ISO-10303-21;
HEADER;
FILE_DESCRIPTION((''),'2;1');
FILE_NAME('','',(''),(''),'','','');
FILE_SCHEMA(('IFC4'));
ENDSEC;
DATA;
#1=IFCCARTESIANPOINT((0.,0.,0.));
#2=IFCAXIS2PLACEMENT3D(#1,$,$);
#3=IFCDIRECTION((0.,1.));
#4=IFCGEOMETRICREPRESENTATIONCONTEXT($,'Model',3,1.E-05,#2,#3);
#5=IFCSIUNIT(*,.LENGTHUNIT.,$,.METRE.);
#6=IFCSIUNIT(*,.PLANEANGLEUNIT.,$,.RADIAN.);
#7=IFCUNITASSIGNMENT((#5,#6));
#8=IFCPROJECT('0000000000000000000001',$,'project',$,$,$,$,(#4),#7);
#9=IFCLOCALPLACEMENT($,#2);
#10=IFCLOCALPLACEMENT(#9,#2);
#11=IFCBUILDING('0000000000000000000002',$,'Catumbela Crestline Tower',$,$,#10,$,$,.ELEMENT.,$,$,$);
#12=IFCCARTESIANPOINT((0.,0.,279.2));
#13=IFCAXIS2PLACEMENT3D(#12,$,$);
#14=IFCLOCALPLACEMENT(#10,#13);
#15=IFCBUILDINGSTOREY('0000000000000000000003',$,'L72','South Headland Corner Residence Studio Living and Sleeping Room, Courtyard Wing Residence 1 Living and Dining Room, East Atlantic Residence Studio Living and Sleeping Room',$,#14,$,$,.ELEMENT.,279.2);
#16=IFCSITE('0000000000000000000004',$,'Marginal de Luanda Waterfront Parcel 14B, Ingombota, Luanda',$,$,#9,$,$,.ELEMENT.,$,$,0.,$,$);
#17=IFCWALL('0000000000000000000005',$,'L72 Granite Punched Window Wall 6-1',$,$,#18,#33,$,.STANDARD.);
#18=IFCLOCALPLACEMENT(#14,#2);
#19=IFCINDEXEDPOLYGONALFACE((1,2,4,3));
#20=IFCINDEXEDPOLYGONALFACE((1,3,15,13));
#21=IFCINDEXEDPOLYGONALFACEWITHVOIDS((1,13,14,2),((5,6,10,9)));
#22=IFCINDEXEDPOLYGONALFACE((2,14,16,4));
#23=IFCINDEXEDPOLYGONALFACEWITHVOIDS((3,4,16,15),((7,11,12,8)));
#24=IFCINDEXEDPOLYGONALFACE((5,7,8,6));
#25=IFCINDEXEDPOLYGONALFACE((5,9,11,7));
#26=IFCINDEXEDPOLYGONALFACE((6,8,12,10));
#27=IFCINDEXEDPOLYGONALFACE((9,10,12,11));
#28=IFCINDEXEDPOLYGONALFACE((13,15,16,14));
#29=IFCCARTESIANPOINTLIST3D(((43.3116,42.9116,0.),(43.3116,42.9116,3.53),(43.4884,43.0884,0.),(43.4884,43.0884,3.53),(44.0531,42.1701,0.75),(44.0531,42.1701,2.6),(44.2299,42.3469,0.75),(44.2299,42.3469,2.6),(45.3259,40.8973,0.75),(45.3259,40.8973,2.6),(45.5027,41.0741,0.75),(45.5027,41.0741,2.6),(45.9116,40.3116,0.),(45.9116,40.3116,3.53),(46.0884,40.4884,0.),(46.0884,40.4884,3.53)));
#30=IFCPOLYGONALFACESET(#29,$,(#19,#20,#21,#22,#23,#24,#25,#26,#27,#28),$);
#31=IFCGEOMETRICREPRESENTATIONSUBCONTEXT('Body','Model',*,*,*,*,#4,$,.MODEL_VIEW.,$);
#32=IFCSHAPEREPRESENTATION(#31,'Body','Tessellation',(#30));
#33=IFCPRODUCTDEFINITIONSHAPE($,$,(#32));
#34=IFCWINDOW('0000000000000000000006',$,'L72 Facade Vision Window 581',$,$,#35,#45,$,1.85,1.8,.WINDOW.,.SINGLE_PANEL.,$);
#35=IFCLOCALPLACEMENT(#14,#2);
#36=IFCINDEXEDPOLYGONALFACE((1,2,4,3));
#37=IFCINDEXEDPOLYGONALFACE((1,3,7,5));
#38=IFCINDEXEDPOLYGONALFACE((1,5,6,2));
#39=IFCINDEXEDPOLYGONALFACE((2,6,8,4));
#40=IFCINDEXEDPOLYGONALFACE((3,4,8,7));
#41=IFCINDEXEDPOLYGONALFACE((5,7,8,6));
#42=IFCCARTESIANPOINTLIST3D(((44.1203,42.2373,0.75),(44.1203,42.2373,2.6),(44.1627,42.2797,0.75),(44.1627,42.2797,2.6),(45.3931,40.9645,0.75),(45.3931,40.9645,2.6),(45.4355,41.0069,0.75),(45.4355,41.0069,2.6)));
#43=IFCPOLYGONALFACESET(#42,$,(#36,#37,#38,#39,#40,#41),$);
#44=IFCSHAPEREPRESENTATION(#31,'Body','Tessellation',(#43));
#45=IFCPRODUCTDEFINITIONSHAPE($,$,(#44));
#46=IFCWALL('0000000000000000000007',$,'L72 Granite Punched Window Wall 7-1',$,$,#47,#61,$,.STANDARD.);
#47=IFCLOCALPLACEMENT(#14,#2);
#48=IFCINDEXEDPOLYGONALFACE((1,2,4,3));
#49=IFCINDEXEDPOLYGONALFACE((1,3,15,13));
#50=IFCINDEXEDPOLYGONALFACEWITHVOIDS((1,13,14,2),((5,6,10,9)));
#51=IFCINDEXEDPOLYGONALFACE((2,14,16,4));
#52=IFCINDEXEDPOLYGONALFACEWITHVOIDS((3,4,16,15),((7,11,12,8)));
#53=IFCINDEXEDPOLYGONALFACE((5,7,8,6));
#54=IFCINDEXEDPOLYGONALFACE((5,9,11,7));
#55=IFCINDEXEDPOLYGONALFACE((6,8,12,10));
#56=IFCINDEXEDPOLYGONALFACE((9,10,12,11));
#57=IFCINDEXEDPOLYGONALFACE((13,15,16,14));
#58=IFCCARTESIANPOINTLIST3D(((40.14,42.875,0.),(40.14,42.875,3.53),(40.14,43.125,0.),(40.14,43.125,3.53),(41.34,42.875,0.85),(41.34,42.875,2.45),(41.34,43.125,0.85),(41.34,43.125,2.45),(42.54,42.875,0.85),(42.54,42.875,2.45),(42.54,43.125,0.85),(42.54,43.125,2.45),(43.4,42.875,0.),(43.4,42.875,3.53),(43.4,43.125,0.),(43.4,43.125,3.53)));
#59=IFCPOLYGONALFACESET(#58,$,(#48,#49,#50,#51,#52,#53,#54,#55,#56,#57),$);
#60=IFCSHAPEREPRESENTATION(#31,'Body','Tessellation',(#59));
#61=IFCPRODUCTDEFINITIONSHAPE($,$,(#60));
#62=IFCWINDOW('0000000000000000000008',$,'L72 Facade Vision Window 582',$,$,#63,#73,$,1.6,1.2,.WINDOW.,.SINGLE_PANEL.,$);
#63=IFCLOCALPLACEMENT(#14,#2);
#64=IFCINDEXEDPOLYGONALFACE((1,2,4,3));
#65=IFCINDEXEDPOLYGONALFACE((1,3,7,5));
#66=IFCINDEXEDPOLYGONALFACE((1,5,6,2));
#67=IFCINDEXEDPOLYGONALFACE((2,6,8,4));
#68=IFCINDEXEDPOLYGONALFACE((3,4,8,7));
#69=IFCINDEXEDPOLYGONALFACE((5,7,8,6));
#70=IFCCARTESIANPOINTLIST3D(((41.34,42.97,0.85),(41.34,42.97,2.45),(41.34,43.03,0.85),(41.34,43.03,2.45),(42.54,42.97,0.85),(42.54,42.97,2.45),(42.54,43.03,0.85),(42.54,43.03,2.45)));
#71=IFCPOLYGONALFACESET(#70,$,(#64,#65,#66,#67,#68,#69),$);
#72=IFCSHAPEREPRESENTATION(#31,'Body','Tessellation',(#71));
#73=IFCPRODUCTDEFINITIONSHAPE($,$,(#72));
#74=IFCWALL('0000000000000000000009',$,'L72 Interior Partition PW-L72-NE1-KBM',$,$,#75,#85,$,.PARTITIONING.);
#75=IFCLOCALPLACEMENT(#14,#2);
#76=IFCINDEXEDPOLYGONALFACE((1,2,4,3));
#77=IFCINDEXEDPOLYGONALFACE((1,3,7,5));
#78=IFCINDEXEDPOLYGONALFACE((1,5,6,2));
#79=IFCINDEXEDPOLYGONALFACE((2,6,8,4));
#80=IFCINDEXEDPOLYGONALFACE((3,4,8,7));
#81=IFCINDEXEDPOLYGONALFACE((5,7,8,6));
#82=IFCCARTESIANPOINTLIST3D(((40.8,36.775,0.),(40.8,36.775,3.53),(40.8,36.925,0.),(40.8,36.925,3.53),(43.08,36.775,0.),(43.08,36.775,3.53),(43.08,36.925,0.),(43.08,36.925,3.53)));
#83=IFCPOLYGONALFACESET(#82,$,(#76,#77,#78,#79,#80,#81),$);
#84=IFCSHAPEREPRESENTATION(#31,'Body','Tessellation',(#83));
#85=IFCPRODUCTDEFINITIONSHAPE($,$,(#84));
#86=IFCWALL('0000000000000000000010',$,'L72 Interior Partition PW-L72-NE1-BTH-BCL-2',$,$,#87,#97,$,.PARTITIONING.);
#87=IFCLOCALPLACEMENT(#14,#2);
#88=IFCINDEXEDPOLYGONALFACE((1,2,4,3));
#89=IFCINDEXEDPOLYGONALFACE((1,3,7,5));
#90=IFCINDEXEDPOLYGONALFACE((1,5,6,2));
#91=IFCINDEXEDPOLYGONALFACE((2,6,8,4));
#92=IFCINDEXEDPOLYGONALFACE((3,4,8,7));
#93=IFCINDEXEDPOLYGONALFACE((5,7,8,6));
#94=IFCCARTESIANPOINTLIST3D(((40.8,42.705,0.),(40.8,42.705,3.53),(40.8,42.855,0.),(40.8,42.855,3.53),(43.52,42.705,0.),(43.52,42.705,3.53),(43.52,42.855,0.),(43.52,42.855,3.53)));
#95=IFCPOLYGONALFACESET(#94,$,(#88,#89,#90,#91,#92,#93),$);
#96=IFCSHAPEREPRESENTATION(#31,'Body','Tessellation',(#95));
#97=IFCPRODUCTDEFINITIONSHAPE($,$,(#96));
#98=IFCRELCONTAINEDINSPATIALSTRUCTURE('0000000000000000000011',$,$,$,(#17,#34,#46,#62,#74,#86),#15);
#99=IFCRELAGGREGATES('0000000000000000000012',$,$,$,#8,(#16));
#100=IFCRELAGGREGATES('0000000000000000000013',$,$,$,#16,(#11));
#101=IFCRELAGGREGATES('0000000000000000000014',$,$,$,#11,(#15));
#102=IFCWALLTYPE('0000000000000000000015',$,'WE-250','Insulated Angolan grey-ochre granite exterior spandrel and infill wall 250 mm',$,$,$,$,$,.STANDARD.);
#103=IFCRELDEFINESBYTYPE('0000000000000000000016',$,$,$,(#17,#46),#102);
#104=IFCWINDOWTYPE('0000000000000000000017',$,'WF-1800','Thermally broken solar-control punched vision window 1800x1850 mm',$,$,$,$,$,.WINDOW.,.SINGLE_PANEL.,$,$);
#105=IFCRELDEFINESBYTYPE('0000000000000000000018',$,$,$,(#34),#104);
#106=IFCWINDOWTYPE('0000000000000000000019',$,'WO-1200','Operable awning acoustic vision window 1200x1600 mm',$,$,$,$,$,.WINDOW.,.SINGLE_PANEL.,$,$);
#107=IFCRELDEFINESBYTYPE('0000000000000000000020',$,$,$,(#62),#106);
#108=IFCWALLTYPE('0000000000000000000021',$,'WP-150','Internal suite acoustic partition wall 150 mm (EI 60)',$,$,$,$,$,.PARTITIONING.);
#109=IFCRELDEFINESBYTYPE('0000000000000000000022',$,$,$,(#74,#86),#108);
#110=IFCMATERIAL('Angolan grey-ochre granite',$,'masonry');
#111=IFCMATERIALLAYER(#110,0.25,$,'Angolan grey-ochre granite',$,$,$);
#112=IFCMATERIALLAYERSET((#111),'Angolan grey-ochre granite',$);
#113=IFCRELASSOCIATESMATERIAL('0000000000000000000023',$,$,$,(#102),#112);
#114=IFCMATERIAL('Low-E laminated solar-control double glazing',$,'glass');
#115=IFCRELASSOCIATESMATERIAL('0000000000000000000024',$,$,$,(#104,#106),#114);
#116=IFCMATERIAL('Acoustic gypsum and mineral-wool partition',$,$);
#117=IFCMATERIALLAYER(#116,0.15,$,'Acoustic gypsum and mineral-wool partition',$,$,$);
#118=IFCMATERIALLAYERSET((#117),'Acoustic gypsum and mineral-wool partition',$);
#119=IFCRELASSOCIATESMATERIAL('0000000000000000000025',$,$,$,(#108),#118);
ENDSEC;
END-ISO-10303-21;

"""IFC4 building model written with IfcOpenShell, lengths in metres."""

from ifc_helpers import new_model, si_unit, direction, frame, frame_2d, origin, place, context, subcontext, project, spatial, rectangle, extrude, material, layer, layer_set, type_object, element, fill, save


model = new_model("IFC4")

# Units and contexts
model_context = context("Model", 3, precision=1e-05, world=origin(), true_north=direction((0.0, 1.0)))
body_context = subcontext(model_context, "Body", "Model", "MODEL_VIEW")
ifc_project = project(units=[si_unit("LENGTHUNIT", "METRE"), si_unit("PLANEANGLEUNIT", "RADIAN")], contexts=[model_context])

# Site, building, storey
site_placement = place(None, origin())
site = spatial("IfcSite", under=ifc_project, at=site_placement, Name="Marginal de Luanda Waterfront Parcel 14B, Ingombota, Luanda", CompositionType="ELEMENT", RefElevation=0.0)
building_placement = place(site_placement, origin())
building = spatial("IfcBuilding", under=site, at=building_placement, Name="Catumbela Crestline Tower", CompositionType="ELEMENT")
storey_placement = place(building_placement, frame((0.0, 0.0, 279.2)))
storey = spatial("IfcBuildingStorey", under=building, at=storey_placement, Name="L72", Description="South Headland Corner Residence Studio Living and Sleeping Room, Courtyard Wing Residence 1 Living and Dining Room, East Atlantic Residence Studio Living and Sleeping Room", CompositionType="ELEMENT", Elevation=279.2)

# Shared definitions
ifc_material_1 = material(Name="Low-E laminated solar-control double glazing", Category="glass")

# Walls, openings, windows
ifc_material_2 = material(Name="Angolan grey-ochre granite", Category="masonry")
ifc_layer_1 = layer(ifc_material_2, 0.25, Name="Angolan grey-ochre granite")
ifc_layer_set_1 = layer_set([ifc_layer_1], Name="Angolan grey-ochre granite")
wall_type_1 = type_object("IfcWallType", Name="WE-250", Description="Insulated Angolan grey-ochre granite exterior spandrel and infill wall 250 mm", PredefinedType="STANDARD", material=ifc_layer_set_1)
wall_1_placement = place(storey_placement, frame((46.0, 40.4, 0.0), z_axis=(0.0, 0.0, 1.0), x_axis=(-0.707107, 0.707107, 0.0)))
wall_1 = element("IfcWall", 1, at=wall_1_placement, inside=storey, type_object=wall_type_1, Name="L72 Granite Punched Window Wall 6-1", PredefinedType="STANDARD", context=body_context, shape_type="SweptSolid", body=[
    extrude(rectangle(XDim=3.677, YDim=0.25, at=frame_2d((1.8385, 0.0))), origin(), (0.0, 0.0, 1.0), 3.53),
])
opening_1_placement = place(wall_1_placement, frame((0.8283, 0.0, 0.75)))
opening_1 = element("IfcOpeningElement", 2, at=opening_1_placement, cuts=wall_1, PredefinedType="OPENING", context=body_context, shape_type="SweptSolid", body=[
    extrude(rectangle(XDim=1.8, YDim=1.85, at=frame_2d((0.9, 0.925))), frame((0.0, 0.135, 0.0), z_axis=(0.0, -1.0, 0.0), x_axis=(1.0, 0.0, 0.0)), (0.0, 0.0, 1.0), 0.27),
])
window_type_1 = type_object("IfcWindowType", Name="WF-1800", Description="Thermally broken solar-control punched vision window 1800x1850 mm", PartitioningType="SINGLE_PANEL", PredefinedType="WINDOW", material=ifc_material_1)
window_1_placement = place(opening_1_placement, origin())
window_1 = element("IfcWindow", 3, at=window_1_placement, inside=storey, type_object=window_type_1, Name="L72 Facade Vision Window 581", OverallHeight=1.85, OverallWidth=1.8, PartitioningType="SINGLE_PANEL", PredefinedType="WINDOW", context=body_context, shape_type="SweptSolid", body=[
    extrude(rectangle(XDim=1.8, YDim=1.85, at=frame_2d((0.9, 0.925))), frame((0.0, 0.03, 0.0), z_axis=(0.0, -1.0, 0.0), x_axis=(1.0, 0.0, 0.0)), (0.0, 0.0, 1.0), 0.06),
])
fill(opening_1, window_1)
wall_2_placement = place(storey_placement, frame((43.4, 43.0, 0.0), z_axis=(0.0, 0.0, 1.0), x_axis=(-1.0, 0.0, 0.0)))
wall_2 = element("IfcWall", 4, at=wall_2_placement, inside=storey, type_object=wall_type_1, Name="L72 Granite Punched Window Wall 7-1", PredefinedType="STANDARD", context=body_context, shape_type="SweptSolid", body=[
    extrude(rectangle(XDim=3.26, YDim=0.25, at=frame_2d((1.63, 0.0))), origin(), (0.0, 0.0, 1.0), 3.53),
])
opening_2_placement = place(wall_2_placement, frame((0.86, 0.0, 0.85)))
opening_2 = element("IfcOpeningElement", 5, at=opening_2_placement, cuts=wall_2, PredefinedType="OPENING", context=body_context, shape_type="SweptSolid", body=[
    extrude(rectangle(XDim=1.2, YDim=1.6, at=frame_2d((0.6, 0.8))), frame((0.0, 0.135, 0.0), z_axis=(0.0, -1.0, 0.0), x_axis=(1.0, 0.0, 0.0)), (0.0, 0.0, 1.0), 0.27),
])
window_type_2 = type_object("IfcWindowType", Name="WO-1200", Description="Operable awning acoustic vision window 1200x1600 mm", PartitioningType="SINGLE_PANEL", PredefinedType="WINDOW", material=ifc_material_1)
window_2_placement = place(opening_2_placement, origin())
window_2 = element("IfcWindow", 6, at=window_2_placement, inside=storey, type_object=window_type_2, Name="L72 Facade Vision Window 582", OverallHeight=1.6, OverallWidth=1.2, PartitioningType="SINGLE_PANEL", PredefinedType="WINDOW", context=body_context, shape_type="SweptSolid", body=[
    extrude(rectangle(XDim=1.2, YDim=1.6, at=frame_2d((0.6, 0.8))), frame((0.0, 0.03, 0.0), z_axis=(0.0, -1.0, 0.0), x_axis=(1.0, 0.0, 0.0)), (0.0, 0.0, 1.0), 0.06),
])
fill(opening_2, window_2)

# Walls
ifc_material_3 = material(Name="Acoustic gypsum and mineral-wool partition")
ifc_layer_2 = layer(ifc_material_3, 0.15, Name="Acoustic gypsum and mineral-wool partition")
ifc_layer_set_2 = layer_set([ifc_layer_2], Name="Acoustic gypsum and mineral-wool partition")
wall_type_2 = type_object("IfcWallType", Name="WP-150", Description="Internal suite acoustic partition wall 150 mm (EI 60)", PredefinedType="PARTITIONING", material=ifc_layer_set_2)
wall_3_placement = place(storey_placement, frame((40.8, 36.85, 0.0), z_axis=(0.0, 0.0, 1.0), x_axis=(1.0, 0.0, 0.0)))
element("IfcWall", 7, at=wall_3_placement, inside=storey, type_object=wall_type_2, Name="L72 Interior Partition PW-L72-NE1-KBM", PredefinedType="PARTITIONING", context=body_context, shape_type="SweptSolid", body=[
    extrude(rectangle(XDim=2.28, YDim=0.15, at=frame_2d((1.14, 0.0))), origin(), (0.0, 0.0, 1.0), 3.53),
])
wall_4_placement = place(storey_placement, frame((40.8, 42.78, 0.0), z_axis=(0.0, 0.0, 1.0), x_axis=(1.0, 0.0, 0.0)))
element("IfcWall", 8, at=wall_4_placement, inside=storey, type_object=wall_type_2, Name="L72 Interior Partition PW-L72-NE1-BTH-BCL-2", PredefinedType="PARTITIONING", context=body_context, shape_type="SweptSolid", body=[
    extrude(rectangle(XDim=2.72, YDim=0.15, at=frame_2d((1.36, 0.0))), origin(), (0.0, 0.0, 1.0), 3.53),
])

save(model, "model.ifc")
